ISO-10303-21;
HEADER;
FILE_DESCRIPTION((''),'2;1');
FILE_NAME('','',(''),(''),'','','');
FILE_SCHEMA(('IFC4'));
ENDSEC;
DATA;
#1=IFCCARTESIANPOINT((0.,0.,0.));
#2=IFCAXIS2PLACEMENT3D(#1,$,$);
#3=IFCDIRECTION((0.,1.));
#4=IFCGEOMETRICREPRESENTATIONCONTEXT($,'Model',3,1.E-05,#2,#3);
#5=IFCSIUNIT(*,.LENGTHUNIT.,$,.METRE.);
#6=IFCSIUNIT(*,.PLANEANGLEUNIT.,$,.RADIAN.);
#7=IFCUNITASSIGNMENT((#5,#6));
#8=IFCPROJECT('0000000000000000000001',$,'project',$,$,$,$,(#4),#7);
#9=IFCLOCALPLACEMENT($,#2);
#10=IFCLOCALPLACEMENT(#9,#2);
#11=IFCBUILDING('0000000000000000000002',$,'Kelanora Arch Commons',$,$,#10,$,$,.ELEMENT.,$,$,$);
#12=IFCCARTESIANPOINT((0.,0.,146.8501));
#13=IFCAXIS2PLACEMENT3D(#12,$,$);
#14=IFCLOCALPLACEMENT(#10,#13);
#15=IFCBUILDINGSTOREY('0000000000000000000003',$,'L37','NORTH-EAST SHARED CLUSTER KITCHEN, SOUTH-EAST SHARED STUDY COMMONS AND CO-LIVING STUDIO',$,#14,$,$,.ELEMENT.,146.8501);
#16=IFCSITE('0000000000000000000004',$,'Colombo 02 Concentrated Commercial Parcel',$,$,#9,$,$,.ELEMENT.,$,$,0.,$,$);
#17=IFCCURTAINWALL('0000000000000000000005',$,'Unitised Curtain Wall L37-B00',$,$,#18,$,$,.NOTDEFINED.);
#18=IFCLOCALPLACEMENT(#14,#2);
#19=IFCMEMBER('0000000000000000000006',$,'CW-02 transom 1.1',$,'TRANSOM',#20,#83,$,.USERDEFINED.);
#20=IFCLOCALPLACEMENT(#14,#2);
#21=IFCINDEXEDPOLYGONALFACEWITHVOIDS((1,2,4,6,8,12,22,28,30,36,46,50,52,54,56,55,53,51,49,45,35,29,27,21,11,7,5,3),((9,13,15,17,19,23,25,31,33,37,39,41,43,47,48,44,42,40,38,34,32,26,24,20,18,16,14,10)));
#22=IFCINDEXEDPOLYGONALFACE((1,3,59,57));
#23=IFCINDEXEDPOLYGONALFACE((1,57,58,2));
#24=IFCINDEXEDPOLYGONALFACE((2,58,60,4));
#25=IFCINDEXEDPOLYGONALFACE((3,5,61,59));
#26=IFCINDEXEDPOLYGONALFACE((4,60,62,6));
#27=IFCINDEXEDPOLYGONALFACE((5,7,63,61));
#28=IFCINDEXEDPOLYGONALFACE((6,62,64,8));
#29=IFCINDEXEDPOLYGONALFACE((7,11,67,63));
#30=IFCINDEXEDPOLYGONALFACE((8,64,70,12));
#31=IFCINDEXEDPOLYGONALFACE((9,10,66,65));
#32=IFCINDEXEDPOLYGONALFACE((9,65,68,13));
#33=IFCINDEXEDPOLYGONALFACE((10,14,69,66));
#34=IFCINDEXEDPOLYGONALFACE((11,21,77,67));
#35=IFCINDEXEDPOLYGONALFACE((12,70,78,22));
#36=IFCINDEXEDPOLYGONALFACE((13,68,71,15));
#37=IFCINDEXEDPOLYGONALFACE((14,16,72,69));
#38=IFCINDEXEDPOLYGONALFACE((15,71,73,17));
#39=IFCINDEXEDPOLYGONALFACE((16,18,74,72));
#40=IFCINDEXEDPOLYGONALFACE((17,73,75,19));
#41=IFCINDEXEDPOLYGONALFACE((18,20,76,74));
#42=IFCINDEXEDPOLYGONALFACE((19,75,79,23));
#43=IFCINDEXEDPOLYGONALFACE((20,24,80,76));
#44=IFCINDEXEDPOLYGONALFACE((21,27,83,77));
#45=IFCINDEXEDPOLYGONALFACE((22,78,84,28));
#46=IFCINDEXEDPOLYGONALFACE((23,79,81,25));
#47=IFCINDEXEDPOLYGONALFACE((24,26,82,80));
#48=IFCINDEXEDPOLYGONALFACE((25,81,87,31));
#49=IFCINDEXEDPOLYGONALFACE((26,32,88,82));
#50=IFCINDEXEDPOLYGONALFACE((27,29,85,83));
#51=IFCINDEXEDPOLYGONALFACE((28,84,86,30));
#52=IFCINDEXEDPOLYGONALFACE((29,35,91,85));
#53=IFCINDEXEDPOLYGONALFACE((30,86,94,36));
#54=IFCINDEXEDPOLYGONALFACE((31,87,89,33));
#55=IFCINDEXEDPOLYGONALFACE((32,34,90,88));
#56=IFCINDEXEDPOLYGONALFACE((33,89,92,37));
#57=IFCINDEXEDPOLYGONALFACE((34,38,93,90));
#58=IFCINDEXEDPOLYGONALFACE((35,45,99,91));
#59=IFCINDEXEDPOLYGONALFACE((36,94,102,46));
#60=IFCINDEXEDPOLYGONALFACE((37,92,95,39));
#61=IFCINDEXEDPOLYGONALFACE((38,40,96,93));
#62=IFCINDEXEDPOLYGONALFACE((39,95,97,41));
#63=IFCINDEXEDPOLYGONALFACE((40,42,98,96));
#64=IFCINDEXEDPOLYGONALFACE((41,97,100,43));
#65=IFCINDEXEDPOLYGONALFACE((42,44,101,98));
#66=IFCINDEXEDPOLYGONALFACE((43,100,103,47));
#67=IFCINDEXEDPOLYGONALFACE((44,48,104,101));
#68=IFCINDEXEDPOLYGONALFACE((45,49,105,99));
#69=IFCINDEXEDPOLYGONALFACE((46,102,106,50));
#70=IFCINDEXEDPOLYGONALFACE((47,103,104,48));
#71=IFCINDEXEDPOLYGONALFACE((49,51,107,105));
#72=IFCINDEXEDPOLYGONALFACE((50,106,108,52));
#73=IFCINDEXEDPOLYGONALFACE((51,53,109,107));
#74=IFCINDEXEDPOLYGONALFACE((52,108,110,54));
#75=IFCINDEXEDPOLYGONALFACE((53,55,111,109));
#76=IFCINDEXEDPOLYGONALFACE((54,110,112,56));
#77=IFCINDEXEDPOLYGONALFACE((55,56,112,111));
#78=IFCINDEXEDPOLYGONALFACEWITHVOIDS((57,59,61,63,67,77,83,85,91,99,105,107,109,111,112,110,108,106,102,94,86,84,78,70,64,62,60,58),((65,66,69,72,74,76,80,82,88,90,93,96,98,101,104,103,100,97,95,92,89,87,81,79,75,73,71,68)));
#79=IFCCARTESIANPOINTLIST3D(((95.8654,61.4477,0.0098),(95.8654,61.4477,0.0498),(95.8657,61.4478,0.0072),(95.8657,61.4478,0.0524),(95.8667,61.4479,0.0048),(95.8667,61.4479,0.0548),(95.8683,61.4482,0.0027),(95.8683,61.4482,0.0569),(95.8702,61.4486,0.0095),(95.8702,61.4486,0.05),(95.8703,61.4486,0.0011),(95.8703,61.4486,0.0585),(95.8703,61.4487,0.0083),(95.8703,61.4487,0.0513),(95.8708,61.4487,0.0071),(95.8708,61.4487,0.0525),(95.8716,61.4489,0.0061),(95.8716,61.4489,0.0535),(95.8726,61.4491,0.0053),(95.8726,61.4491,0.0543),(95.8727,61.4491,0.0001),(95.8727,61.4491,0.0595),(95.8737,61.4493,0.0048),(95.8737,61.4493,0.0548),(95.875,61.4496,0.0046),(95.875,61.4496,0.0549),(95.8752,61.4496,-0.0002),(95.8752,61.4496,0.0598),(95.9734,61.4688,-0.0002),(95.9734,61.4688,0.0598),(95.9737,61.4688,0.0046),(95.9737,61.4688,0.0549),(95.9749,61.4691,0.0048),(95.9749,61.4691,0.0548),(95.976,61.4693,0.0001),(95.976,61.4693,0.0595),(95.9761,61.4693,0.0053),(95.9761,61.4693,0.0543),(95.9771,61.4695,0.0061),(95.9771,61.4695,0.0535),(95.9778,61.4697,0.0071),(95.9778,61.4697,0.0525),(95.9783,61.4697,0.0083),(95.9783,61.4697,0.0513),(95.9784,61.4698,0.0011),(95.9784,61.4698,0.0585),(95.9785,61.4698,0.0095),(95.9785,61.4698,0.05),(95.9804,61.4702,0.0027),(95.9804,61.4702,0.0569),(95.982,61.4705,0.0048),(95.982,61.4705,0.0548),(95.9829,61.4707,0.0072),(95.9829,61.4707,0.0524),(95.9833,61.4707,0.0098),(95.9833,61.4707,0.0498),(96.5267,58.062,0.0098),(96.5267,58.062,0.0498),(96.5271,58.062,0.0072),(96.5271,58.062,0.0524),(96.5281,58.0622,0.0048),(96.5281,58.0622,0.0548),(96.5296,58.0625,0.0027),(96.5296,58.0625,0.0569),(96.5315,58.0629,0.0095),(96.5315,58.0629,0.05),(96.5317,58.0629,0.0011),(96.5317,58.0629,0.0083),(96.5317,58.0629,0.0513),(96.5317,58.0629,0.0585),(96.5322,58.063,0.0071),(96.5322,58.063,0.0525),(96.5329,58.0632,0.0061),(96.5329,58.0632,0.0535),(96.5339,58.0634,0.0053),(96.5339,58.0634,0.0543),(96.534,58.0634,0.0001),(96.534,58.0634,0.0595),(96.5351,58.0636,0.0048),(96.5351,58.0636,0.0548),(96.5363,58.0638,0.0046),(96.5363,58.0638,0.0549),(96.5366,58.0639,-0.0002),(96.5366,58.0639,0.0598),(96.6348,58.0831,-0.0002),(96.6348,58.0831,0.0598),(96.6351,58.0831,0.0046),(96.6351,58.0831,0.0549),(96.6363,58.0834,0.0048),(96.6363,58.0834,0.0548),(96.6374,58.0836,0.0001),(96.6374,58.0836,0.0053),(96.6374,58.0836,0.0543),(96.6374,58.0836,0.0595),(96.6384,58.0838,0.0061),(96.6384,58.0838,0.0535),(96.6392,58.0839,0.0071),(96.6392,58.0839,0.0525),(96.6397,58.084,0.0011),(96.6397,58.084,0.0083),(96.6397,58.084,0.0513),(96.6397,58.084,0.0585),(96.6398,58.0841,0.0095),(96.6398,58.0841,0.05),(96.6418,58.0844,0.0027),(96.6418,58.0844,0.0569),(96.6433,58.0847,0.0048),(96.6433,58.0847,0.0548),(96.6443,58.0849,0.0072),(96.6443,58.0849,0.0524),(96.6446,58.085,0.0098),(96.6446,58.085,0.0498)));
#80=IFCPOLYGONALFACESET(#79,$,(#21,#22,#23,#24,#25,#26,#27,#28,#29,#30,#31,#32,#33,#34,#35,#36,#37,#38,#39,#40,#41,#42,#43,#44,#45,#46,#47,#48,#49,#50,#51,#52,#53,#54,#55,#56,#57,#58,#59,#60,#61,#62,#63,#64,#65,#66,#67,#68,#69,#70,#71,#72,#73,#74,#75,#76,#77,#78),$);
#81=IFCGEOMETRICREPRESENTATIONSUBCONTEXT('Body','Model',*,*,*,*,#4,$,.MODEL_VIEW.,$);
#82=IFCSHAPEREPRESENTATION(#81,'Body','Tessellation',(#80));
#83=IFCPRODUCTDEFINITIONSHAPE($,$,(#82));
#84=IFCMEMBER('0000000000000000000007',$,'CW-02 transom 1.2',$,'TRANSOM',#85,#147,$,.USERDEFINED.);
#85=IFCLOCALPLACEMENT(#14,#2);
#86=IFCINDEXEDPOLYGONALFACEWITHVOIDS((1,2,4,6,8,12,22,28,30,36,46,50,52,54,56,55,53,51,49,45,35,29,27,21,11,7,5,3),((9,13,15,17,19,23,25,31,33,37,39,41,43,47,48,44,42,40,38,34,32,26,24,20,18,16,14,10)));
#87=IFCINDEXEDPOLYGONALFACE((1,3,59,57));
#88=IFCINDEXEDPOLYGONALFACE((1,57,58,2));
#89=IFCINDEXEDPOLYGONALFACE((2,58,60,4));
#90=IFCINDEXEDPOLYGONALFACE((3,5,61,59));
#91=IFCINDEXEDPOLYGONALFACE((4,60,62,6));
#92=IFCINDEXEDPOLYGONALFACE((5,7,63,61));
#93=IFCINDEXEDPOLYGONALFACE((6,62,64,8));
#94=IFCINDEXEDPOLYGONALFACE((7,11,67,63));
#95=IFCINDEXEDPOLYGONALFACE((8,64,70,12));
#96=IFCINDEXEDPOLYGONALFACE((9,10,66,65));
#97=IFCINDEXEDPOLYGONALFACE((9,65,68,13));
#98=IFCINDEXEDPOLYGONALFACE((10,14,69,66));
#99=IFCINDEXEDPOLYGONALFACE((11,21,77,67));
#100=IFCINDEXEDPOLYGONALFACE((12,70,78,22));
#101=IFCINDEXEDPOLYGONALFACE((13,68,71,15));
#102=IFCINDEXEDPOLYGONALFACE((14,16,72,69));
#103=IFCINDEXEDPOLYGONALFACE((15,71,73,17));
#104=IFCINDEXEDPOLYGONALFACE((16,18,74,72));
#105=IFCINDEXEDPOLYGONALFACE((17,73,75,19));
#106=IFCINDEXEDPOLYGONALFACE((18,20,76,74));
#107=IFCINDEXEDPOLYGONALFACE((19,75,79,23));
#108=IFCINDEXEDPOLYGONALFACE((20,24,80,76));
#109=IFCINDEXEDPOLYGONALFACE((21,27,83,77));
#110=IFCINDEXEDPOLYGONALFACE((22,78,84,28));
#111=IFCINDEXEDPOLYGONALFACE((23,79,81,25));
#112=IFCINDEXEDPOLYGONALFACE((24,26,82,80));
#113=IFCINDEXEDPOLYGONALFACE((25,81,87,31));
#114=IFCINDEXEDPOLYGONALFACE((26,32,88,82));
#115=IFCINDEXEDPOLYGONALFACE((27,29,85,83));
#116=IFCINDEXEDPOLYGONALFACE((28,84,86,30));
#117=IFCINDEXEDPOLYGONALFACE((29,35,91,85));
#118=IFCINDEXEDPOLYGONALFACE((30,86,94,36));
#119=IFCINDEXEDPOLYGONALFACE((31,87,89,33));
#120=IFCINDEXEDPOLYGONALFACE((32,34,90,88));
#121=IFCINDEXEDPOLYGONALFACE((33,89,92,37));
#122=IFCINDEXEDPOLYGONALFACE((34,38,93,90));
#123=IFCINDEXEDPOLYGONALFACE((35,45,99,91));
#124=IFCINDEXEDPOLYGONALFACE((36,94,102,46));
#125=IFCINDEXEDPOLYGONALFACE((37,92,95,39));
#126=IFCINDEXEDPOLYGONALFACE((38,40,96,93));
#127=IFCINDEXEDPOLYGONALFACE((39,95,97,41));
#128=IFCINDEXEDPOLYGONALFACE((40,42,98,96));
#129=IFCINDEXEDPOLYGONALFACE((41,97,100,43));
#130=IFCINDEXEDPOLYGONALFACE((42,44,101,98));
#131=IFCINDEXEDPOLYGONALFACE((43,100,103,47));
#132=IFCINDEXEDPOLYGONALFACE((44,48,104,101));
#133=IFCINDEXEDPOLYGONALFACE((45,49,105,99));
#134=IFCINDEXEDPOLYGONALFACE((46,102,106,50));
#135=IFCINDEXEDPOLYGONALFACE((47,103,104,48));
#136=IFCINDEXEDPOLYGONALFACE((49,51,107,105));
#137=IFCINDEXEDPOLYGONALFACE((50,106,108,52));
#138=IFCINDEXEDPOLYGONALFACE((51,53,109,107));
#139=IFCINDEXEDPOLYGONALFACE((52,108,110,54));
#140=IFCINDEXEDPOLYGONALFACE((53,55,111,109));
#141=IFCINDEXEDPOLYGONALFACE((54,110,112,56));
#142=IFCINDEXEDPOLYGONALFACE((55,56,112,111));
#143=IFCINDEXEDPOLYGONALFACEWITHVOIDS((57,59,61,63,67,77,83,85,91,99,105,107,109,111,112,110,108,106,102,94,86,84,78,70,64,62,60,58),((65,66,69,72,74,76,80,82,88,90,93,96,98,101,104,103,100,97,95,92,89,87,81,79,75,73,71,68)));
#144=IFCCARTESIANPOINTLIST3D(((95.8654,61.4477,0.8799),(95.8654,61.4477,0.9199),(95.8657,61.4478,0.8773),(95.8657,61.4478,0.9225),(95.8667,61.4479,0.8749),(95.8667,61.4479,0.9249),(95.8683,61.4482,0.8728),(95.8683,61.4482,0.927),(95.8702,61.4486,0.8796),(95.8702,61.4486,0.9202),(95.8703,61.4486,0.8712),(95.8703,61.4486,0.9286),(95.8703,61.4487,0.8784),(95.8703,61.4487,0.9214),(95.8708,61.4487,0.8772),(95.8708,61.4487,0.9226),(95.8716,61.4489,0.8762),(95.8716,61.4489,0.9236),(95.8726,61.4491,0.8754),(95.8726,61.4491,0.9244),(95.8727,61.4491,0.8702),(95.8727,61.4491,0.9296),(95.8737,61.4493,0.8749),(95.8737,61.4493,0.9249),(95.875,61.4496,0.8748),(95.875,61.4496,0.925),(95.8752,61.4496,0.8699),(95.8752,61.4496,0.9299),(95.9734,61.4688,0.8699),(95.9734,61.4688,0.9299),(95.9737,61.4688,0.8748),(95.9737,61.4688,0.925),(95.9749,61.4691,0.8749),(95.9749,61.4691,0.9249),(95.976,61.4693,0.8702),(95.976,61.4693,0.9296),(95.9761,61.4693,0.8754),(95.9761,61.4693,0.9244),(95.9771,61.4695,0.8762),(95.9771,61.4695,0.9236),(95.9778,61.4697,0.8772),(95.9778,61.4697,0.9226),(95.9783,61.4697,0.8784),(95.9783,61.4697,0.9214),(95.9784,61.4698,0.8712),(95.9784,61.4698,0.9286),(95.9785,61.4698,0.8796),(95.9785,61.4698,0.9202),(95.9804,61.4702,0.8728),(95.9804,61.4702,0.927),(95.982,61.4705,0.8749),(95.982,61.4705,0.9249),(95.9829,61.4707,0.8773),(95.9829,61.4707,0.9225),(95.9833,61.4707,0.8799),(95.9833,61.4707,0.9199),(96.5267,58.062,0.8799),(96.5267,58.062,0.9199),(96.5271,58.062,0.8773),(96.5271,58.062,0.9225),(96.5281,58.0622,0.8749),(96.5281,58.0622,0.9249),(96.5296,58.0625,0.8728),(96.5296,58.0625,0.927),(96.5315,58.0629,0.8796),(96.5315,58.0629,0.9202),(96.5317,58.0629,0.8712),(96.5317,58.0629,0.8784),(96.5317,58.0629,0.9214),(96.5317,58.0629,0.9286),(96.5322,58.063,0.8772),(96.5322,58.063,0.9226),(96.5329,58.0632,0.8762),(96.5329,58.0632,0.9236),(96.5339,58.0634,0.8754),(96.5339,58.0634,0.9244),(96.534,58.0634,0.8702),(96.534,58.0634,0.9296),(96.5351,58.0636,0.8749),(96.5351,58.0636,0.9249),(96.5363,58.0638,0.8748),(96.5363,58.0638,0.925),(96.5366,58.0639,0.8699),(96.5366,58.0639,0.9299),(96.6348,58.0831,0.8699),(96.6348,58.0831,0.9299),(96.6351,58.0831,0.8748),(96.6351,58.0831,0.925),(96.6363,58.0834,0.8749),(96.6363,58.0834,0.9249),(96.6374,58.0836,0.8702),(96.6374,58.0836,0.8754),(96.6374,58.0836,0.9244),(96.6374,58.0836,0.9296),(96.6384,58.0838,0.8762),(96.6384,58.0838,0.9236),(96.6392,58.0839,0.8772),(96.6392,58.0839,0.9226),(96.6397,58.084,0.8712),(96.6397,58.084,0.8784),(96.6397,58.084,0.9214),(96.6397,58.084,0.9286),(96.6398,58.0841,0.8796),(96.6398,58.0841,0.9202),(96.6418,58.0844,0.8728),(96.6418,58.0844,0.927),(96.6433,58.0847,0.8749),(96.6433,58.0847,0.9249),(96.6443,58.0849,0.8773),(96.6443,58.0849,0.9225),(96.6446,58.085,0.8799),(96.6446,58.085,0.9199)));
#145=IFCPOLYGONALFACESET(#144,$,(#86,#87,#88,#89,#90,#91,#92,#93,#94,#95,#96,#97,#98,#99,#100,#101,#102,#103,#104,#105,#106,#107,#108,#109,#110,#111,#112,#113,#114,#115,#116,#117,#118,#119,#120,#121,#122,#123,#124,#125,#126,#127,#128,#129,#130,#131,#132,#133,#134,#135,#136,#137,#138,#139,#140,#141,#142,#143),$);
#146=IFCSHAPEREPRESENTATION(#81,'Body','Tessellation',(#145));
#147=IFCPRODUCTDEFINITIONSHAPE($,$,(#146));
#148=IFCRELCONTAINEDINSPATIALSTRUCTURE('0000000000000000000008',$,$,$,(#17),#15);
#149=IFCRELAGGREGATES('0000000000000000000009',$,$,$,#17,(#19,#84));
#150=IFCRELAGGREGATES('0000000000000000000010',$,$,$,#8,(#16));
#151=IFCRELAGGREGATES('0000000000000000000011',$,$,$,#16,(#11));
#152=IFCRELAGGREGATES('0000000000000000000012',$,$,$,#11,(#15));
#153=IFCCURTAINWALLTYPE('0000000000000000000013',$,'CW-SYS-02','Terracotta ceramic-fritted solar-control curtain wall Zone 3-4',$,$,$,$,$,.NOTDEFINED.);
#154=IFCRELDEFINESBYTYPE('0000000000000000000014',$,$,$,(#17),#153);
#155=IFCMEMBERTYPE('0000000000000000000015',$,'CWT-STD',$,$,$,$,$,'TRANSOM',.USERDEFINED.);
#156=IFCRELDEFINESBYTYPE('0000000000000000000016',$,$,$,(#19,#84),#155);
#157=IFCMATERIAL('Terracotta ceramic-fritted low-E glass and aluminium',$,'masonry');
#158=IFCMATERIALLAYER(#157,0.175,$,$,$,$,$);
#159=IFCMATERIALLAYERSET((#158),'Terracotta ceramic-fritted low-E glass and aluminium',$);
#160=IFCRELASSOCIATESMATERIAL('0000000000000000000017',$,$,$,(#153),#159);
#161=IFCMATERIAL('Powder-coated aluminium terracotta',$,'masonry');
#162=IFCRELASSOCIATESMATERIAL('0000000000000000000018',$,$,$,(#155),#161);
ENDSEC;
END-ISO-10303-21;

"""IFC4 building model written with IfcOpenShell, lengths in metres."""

from ifc_helpers import new_model, si_unit, direction, frame, origin, origin_2d, place, context, subcontext, project, spatial, hollow_rectangle, extrude, material, layer, layer_set, material_profile, profile_set, type_object, element, aggregate, save


model = new_model("IFC4")

# Units and contexts
model_context = context("Model", 3, precision=1e-05, world=origin(), true_north=direction((0.0, 1.0)))
body_context = subcontext(model_context, "Body", "Model", "MODEL_VIEW")
ifc_project = project(units=[si_unit("LENGTHUNIT", "METRE"), si_unit("PLANEANGLEUNIT", "RADIAN")], contexts=[model_context])

# Site, building, storey
site_placement = place(None, origin())
site = spatial("IfcSite", under=ifc_project, at=site_placement, Name="Colombo 02 Concentrated Commercial Parcel", CompositionType="ELEMENT", RefElevation=0.0)
building_placement = place(site_placement, origin())
building = spatial("IfcBuilding", under=site, at=building_placement, Name="Kelanora Arch Commons", CompositionType="ELEMENT")
storey_placement = place(building_placement, frame((0.0, 0.0, 146.8501)))
storey = spatial("IfcBuildingStorey", under=building, at=storey_placement, Name="L37", Description="NORTH-EAST SHARED CLUSTER KITCHEN, SOUTH-EAST SHARED STUDY COMMONS AND CO-LIVING STUDIO", CompositionType="ELEMENT", Elevation=146.8501)

# Curtain wall, members
ifc_material_1 = material(Name="Terracotta ceramic-fritted low-E glass and aluminium", Category="masonry")
ifc_layer_1 = layer(ifc_material_1, 0.175)
ifc_layer_set_1 = layer_set([ifc_layer_1], Name="Terracotta ceramic-fritted low-E glass and aluminium")
curtain_wall_type = type_object("IfcCurtainWallType", Name="CW-SYS-02", Description="Terracotta ceramic-fritted solar-control curtain wall Zone 3-4", PredefinedType="NOTDEFINED", material=ifc_layer_set_1)
curtain_wall_placement = place(storey_placement, origin())
curtain_wall = element("IfcCurtainWall", 1, at=curtain_wall_placement, inside=storey, type_object=curtain_wall_type, Name="Unitised Curtain Wall L37-B00", PredefinedType="NOTDEFINED")
ifc_material_2 = material(Name="Powder-coated aluminium terracotta", Category="masonry")
ifc_material_profile_1 = material_profile(ifc_material_2, hollow_rectangle(XDim=0.1201, YDim=0.0601, WallThickness=0.0049, InnerFilletRadius=0.0049, OuterFilletRadius=0.01, at=origin_2d()), Name="CWT120x60")
ifc_profile_set_1 = profile_set([ifc_material_profile_1], Name="Powder-coated aluminium terracotta")
member_type_1 = type_object("IfcMemberType", Name="CWT-STD", ElementType="TRANSOM", PredefinedType="USERDEFINED", material=ifc_profile_set_1)
member_1_placement = place(storey_placement, frame((96.5857, 58.0735, 0.0298), z_axis=(-0.191718, 0.98145, 0.0), x_axis=(-0.98145, -0.191718, 0.0)))
member_1 = element("IfcMember", 2, at=member_1_placement, type_object=member_type_1, Name="CW-02 transom 1.1", ObjectType="TRANSOM", PredefinedType="USERDEFINED", context=body_context, shape_type="SweptSolid", body=[
    extrude(hollow_rectangle(XDim=0.1201, YDim=0.0601, WallThickness=0.0049, InnerFilletRadius=0.0049, OuterFilletRadius=0.01, at=origin_2d()), origin(), (0.0, 0.0, 1.0), 3.4497),
])
member_2_placement = place(storey_placement, frame((96.5857, 58.0735, 0.8999), z_axis=(-0.191718, 0.98145, 0.0), x_axis=(-0.98145, -0.191718, 0.0)))
member_2 = element("IfcMember", 3, at=member_2_placement, type_object=member_type_1, Name="CW-02 transom 1.2", ObjectType="TRANSOM", PredefinedType="USERDEFINED", context=body_context, shape_type="SweptSolid", body=[
    extrude(hollow_rectangle(XDim=0.1201, YDim=0.0601, WallThickness=0.0049, InnerFilletRadius=0.0049, OuterFilletRadius=0.01, at=origin_2d()), origin(), (0.0, 0.0, 1.0), 3.4497),
])
aggregate(curtain_wall, [member_1, member_2])

save(model, "model.ifc")
